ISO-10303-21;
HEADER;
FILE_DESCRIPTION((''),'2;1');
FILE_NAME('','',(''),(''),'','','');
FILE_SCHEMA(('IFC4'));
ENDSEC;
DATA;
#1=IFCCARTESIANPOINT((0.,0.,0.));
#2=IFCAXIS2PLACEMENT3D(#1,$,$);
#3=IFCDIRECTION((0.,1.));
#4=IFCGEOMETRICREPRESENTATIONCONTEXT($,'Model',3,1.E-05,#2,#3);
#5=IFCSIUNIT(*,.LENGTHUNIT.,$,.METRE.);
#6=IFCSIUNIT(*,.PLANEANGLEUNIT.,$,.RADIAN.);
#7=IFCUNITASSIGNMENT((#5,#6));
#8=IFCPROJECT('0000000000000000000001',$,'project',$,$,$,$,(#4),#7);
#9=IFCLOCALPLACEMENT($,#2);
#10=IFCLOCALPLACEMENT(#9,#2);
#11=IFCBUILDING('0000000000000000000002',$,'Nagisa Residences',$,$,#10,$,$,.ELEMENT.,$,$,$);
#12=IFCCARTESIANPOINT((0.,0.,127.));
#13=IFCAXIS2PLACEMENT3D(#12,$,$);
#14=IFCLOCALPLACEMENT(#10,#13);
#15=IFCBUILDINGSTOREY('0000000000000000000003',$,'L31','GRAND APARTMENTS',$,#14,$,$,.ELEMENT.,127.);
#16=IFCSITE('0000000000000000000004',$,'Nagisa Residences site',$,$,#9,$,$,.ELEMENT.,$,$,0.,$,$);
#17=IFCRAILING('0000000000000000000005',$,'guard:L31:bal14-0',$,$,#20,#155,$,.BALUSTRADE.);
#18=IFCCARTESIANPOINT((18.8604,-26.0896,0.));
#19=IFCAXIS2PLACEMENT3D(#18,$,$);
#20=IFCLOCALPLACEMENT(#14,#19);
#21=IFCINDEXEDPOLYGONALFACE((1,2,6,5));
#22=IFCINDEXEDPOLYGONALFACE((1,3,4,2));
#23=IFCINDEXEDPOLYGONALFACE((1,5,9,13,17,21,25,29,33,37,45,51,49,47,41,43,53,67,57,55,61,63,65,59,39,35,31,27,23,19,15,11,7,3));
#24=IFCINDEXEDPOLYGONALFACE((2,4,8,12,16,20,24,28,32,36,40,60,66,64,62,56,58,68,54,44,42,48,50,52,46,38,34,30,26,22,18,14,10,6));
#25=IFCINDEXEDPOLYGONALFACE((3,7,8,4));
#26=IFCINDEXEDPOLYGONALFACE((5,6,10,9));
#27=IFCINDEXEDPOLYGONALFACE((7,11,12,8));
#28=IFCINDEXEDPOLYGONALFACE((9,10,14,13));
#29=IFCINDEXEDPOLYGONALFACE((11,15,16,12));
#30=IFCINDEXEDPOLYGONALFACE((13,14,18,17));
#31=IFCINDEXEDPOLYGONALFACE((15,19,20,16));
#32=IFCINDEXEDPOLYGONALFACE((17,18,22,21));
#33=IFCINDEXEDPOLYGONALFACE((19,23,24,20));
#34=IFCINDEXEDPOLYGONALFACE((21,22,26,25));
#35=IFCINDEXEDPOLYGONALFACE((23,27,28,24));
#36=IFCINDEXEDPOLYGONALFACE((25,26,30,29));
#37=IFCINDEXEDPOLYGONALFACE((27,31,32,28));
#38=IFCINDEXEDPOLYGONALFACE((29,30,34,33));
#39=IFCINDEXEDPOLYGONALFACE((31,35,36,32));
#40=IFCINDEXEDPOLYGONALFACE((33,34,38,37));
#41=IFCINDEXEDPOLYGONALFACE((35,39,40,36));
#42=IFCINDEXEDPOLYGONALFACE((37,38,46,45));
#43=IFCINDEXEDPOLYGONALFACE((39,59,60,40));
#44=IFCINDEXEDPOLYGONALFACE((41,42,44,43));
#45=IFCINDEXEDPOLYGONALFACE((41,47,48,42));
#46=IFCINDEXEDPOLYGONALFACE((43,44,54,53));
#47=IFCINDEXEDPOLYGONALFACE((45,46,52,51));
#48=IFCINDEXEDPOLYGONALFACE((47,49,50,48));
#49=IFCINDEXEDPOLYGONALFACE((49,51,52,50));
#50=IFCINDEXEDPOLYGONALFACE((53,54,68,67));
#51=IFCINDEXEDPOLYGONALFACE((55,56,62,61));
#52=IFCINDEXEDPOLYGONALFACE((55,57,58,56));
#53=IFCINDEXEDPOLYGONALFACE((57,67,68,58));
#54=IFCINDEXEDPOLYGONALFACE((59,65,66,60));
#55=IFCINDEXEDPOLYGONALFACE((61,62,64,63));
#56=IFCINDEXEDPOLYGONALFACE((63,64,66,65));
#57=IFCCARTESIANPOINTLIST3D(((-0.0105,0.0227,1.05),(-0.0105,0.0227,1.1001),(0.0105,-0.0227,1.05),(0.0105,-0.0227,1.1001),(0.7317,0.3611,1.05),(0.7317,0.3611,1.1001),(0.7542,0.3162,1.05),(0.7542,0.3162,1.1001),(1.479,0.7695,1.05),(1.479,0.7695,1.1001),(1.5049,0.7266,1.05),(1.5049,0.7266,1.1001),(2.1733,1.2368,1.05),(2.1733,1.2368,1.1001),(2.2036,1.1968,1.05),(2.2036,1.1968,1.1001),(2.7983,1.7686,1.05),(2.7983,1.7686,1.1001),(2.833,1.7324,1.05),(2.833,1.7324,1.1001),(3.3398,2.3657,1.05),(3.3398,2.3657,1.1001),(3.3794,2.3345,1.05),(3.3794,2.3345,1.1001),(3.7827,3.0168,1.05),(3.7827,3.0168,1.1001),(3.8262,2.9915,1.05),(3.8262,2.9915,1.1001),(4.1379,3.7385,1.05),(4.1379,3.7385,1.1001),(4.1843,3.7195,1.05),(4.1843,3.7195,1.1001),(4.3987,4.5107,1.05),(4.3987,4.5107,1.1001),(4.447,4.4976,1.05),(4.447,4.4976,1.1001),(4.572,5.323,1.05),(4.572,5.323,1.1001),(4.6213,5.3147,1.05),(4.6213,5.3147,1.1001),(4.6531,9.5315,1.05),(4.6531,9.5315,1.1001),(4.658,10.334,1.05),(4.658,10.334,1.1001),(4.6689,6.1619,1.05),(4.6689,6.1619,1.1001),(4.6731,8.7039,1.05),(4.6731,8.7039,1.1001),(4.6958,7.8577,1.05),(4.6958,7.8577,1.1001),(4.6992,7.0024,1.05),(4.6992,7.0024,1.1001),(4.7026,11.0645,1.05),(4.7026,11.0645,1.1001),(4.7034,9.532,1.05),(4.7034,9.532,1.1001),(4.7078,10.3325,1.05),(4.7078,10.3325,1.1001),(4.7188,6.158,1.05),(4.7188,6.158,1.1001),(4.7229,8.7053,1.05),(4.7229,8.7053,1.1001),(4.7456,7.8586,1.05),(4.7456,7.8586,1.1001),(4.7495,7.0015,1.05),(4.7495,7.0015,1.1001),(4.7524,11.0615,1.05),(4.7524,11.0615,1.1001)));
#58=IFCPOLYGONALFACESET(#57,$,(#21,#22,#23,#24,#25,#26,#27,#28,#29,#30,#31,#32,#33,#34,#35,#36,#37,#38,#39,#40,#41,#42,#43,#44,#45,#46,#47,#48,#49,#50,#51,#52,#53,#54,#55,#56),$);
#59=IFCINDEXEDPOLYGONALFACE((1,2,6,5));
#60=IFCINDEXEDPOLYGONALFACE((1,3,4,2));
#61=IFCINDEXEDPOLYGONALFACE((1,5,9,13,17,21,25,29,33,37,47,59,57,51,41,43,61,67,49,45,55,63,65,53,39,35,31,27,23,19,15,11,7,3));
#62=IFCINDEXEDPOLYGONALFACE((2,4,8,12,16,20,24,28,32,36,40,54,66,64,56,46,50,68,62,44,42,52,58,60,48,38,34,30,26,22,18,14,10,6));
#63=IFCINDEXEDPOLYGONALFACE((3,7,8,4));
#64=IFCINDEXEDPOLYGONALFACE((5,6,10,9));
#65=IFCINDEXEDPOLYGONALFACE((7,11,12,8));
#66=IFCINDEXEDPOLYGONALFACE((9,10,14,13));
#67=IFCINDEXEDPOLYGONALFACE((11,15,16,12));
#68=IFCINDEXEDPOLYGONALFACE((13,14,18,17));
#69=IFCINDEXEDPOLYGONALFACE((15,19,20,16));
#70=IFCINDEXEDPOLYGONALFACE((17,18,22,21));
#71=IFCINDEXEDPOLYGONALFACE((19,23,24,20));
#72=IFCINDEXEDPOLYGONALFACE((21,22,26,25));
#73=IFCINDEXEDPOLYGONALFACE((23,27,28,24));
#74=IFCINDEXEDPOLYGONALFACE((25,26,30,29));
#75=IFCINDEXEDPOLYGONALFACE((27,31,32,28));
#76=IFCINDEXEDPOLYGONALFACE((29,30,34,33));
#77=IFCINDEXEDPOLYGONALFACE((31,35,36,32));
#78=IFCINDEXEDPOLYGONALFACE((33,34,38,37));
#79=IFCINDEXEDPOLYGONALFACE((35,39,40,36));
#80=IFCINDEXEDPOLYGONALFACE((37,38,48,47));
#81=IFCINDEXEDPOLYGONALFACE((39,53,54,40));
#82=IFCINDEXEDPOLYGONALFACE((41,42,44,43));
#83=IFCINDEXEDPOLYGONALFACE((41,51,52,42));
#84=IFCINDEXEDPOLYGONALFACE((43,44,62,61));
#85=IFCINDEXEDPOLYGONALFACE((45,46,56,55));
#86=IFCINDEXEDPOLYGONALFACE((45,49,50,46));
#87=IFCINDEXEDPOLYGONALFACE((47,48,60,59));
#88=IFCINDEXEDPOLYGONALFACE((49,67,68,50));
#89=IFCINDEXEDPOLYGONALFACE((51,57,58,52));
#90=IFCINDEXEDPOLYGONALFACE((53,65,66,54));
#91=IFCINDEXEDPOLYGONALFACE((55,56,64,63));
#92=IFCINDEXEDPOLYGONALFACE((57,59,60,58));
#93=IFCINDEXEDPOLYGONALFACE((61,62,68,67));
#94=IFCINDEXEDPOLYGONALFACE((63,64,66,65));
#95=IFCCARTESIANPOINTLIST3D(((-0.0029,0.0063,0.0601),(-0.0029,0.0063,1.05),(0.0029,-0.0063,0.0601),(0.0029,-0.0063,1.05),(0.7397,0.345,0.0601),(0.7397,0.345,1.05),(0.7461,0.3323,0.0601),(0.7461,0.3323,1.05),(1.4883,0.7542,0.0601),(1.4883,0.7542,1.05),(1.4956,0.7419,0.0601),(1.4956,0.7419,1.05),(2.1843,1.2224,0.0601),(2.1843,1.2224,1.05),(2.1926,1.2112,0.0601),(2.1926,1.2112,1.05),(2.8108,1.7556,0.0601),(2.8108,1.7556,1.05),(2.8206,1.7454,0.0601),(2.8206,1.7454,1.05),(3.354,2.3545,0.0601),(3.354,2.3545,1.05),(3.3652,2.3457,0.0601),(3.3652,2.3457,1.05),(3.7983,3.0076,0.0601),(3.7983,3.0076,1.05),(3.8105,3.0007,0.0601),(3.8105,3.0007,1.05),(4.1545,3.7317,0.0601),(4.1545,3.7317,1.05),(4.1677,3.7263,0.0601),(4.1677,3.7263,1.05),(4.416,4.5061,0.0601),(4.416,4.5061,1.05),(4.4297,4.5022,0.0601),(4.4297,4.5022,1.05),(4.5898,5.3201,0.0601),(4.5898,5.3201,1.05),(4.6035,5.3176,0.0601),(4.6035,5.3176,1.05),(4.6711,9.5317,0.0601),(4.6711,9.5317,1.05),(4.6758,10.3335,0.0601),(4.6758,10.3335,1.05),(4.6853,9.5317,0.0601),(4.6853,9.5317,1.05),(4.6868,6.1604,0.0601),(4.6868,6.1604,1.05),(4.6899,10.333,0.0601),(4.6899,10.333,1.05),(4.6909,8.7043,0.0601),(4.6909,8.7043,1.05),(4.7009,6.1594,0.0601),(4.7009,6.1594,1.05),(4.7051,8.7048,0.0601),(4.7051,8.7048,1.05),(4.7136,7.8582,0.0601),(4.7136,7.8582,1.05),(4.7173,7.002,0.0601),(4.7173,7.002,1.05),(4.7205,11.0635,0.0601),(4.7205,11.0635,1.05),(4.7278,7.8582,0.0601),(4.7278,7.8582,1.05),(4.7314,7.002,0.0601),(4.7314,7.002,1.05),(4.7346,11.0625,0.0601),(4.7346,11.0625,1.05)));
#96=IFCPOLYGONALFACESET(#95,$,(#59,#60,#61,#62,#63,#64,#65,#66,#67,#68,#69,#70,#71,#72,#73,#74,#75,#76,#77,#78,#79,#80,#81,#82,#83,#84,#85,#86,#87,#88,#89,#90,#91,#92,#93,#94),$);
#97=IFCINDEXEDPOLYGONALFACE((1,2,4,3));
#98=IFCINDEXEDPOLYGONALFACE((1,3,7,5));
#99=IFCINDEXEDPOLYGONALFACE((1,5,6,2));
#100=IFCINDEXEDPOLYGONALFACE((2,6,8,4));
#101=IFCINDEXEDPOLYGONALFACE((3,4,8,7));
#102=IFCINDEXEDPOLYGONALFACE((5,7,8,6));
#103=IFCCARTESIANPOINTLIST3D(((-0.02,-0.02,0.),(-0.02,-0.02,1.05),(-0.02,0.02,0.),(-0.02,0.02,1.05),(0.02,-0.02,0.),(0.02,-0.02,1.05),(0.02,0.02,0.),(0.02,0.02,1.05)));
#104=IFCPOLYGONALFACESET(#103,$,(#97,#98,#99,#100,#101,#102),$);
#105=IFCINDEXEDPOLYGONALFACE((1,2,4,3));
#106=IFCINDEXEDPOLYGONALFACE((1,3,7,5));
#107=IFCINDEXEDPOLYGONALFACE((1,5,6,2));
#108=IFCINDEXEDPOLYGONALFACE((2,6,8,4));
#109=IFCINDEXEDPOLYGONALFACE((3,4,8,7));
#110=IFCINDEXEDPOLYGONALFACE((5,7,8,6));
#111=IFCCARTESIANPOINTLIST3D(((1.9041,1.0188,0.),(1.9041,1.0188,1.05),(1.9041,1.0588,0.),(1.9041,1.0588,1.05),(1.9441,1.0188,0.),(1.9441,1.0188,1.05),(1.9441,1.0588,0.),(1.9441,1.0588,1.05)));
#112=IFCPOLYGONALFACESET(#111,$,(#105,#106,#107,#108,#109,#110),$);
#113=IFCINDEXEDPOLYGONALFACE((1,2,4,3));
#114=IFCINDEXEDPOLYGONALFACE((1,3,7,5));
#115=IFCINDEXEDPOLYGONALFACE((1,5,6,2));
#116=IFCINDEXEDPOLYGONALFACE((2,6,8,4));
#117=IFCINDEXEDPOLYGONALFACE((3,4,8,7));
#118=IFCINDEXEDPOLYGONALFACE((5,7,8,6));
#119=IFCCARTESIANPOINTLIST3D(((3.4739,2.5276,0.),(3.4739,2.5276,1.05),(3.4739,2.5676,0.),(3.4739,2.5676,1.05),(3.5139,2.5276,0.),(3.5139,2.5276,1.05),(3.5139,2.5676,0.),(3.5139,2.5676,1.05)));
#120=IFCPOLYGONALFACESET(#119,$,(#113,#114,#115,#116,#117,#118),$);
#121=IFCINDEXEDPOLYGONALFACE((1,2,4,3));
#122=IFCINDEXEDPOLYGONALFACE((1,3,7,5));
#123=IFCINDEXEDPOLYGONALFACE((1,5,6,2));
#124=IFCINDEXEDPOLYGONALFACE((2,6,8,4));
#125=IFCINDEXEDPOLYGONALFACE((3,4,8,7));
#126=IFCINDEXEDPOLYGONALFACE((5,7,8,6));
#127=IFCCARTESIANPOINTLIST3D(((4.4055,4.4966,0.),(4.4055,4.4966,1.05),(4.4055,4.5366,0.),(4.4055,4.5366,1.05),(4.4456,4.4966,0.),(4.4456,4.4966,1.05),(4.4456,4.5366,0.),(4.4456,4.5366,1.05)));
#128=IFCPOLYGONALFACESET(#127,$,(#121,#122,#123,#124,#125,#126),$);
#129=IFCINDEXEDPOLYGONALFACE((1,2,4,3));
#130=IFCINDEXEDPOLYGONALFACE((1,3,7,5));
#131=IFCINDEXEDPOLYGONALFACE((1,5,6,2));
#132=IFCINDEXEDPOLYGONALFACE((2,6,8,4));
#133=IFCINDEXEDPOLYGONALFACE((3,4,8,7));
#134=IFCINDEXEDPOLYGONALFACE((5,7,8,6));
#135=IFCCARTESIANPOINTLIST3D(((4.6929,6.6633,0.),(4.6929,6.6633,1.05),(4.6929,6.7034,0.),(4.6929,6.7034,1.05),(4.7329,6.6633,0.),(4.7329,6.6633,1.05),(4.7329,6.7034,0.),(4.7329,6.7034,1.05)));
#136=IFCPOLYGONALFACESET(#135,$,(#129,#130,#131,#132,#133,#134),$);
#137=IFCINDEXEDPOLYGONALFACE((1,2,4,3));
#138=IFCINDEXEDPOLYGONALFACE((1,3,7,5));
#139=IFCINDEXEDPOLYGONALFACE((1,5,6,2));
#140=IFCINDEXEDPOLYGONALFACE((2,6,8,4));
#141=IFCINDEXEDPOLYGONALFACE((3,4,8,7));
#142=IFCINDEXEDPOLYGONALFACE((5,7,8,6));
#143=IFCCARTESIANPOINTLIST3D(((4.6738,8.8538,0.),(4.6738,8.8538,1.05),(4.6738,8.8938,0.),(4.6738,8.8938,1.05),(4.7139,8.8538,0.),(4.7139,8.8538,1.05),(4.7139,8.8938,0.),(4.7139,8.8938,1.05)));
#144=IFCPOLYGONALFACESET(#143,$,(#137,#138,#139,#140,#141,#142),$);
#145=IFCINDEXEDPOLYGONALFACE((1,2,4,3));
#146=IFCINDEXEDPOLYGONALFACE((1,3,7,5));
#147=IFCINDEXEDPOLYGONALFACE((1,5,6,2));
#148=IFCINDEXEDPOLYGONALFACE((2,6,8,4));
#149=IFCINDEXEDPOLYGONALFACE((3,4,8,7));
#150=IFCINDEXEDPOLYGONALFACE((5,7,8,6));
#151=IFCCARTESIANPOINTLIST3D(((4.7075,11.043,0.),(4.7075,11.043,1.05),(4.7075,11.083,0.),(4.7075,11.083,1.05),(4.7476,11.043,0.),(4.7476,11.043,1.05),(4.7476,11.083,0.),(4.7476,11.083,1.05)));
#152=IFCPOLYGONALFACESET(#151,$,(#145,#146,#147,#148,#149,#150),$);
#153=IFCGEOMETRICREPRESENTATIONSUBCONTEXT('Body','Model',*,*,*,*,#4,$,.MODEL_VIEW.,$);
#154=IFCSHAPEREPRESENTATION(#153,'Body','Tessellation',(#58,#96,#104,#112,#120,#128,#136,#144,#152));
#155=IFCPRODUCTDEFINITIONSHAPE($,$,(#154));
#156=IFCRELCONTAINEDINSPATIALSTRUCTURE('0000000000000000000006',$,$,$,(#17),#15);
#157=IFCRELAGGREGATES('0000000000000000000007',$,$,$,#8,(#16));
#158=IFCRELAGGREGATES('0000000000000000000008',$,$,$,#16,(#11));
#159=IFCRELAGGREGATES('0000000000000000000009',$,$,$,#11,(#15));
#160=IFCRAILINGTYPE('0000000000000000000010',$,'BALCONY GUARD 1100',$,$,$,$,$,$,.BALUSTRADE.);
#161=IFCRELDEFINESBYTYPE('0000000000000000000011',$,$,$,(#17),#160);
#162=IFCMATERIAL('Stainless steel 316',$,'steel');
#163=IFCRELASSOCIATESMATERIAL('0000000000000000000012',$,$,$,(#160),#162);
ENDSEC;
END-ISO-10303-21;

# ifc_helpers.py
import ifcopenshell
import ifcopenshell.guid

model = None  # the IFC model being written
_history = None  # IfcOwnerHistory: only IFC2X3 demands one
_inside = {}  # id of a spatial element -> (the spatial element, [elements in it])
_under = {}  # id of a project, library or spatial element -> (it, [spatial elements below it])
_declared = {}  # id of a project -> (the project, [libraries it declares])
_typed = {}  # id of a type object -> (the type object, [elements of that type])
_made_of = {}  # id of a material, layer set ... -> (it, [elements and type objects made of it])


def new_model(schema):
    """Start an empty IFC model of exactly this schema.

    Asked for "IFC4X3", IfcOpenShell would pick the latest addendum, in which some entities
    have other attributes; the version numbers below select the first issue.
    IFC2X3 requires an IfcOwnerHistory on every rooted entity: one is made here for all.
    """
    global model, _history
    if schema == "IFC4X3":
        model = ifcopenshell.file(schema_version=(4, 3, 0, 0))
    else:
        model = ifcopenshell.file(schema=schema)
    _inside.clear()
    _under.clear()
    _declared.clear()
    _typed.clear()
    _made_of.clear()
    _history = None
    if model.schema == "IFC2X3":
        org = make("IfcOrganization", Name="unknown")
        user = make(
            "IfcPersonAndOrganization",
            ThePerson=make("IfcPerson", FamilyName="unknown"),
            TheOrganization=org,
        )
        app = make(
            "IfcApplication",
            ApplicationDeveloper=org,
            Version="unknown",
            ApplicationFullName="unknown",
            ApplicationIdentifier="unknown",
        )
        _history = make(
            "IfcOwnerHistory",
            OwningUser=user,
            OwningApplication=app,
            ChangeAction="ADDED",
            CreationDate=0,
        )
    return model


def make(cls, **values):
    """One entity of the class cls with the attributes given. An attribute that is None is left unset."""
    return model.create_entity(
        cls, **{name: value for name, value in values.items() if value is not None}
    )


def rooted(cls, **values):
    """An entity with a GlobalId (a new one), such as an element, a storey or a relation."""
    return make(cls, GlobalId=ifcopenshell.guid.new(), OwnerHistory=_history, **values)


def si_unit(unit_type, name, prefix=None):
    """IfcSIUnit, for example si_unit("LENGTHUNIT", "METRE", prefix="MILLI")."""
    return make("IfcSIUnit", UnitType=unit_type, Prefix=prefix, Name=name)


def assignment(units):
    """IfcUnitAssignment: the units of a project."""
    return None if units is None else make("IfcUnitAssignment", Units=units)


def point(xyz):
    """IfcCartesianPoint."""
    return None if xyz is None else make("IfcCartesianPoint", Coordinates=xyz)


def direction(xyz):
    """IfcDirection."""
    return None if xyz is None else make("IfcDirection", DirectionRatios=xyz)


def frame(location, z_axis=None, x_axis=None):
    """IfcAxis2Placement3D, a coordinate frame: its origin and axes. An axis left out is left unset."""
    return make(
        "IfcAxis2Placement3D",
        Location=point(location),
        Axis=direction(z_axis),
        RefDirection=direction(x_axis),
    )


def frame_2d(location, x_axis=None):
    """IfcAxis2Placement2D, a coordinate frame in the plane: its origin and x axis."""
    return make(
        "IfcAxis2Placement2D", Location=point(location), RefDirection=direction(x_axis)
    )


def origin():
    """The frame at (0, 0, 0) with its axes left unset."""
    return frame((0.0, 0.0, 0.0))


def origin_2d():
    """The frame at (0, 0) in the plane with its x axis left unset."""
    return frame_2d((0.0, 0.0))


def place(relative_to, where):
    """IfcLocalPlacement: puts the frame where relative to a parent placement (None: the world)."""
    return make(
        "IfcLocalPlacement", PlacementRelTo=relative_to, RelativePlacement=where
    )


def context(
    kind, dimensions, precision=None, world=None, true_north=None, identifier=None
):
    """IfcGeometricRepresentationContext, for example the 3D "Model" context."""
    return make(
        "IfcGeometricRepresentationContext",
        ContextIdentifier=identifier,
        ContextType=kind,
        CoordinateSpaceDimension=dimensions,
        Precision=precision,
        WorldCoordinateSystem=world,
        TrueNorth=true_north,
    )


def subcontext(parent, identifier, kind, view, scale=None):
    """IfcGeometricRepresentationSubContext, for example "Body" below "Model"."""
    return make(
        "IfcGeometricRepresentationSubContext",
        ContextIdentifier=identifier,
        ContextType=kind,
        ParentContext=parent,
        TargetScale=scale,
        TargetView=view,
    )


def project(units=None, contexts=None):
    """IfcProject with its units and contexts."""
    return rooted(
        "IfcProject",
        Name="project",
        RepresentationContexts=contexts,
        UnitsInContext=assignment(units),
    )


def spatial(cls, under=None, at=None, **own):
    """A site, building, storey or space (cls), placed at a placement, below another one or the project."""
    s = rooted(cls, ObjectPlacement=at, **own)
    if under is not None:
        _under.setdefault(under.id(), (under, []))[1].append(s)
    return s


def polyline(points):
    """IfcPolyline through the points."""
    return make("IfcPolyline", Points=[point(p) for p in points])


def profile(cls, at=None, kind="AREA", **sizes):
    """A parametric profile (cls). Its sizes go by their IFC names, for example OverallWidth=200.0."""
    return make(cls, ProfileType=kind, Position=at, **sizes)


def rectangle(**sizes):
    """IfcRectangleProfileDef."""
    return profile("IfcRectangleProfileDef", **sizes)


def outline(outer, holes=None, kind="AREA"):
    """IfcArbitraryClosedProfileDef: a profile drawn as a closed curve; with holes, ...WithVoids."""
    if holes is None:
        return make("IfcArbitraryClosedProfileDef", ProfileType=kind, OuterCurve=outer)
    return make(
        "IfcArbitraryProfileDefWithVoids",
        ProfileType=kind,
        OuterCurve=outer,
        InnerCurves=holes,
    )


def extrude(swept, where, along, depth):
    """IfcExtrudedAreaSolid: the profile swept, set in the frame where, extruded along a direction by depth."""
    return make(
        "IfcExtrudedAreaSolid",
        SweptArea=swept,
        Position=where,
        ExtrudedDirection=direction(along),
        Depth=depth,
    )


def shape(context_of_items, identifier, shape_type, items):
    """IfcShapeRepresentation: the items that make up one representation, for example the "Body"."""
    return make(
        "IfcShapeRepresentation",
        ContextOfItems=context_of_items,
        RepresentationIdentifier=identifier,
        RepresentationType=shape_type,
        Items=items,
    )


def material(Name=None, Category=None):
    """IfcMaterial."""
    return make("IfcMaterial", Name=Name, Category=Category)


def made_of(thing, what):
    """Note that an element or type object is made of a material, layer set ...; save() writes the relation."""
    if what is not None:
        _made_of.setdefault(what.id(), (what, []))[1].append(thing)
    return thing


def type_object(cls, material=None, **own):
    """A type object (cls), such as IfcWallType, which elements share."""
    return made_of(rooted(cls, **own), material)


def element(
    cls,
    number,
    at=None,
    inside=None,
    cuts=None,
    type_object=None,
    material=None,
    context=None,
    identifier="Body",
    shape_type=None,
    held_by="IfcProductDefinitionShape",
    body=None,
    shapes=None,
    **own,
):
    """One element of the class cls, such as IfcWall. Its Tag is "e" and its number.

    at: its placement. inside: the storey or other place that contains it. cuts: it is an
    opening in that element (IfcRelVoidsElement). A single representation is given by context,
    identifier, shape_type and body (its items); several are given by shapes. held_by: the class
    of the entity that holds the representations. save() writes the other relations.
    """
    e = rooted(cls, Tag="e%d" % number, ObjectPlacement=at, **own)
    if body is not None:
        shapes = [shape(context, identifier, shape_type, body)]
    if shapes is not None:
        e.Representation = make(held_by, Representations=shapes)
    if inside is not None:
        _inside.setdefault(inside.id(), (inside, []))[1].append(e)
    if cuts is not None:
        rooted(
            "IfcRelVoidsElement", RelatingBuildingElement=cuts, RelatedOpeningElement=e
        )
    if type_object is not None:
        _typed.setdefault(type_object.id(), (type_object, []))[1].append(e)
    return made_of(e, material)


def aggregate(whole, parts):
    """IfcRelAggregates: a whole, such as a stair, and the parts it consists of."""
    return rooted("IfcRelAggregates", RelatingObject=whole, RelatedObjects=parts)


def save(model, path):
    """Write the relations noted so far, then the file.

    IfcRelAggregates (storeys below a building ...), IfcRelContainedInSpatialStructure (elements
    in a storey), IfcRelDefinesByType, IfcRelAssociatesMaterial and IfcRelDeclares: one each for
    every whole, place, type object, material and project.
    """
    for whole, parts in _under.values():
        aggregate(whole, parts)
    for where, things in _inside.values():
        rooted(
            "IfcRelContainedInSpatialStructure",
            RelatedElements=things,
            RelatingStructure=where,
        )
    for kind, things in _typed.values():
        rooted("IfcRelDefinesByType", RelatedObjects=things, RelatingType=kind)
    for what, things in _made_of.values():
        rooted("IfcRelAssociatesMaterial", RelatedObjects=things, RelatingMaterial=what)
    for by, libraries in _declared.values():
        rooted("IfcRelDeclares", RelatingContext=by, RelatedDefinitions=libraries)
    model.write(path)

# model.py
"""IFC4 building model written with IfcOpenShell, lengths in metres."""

from ifc_helpers import new_model, si_unit, direction, frame, origin, origin_2d, place, context, subcontext, project, spatial, polyline, rectangle, outline, extrude, material, type_object, element, save


model = new_model("IFC4")

# Units and contexts
model_context = context("Model", 3, precision=1e-05, world=origin(), true_north=direction((0.0, 1.0)))
body_context = subcontext(model_context, "Body", "Model", "MODEL_VIEW")
ifc_project = project(units=[si_unit("LENGTHUNIT", "METRE"), si_unit("PLANEANGLEUNIT", "RADIAN")], contexts=[model_context])

# Site, building, storey
site_placement = place(None, origin())
site = spatial("IfcSite", under=ifc_project, at=site_placement, Name="Nagisa Residences site", CompositionType="ELEMENT", RefElevation=0.0)
building_placement = place(site_placement, origin())
building = spatial("IfcBuilding", under=site, at=building_placement, Name="Nagisa Residences", CompositionType="ELEMENT")
storey_placement = place(building_placement, frame((0.0, 0.0, 127.0)))
storey = spatial("IfcBuildingStorey", under=building, at=storey_placement, Name="L31", Description="GRAND APARTMENTS", CompositionType="ELEMENT", Elevation=127.0)

# Railing
ifc_material_1 = material(Name="Stainless steel 316", Category="steel")
railing_type = type_object("IfcRailingType", Name="BALCONY GUARD 1100", PredefinedType="BALUSTRADE", material=ifc_material_1)
railing_1_placement = place(storey_placement, frame((18.8604, -26.0896, 0.0)))
element("IfcRailing", 1, at=railing_1_placement, inside=storey, type_object=railing_type, Name="guard:L31:bal14-0", PredefinedType="BALUSTRADE", context=body_context, shape_type="SweptSolid", body=[
    extrude(outline(polyline([(0.7317, 0.3611), (-0.0105, 0.0227), (0.0105, -0.0227), (0.7542, 0.3162), (1.5049, 0.7266), (2.2036, 1.1968), (2.833, 1.7324), (3.3794, 2.3345), (3.8262, 2.9915), (4.1843, 3.7195), (4.447, 4.4976), (4.6213, 5.3147), (4.7188, 6.158), (4.7495, 7.0015), (4.7456, 7.8586), (4.7229, 8.7053), (4.7034, 9.532), (4.7078, 10.3325), (4.7524, 11.0615), (4.7026, 11.0645), (4.658, 10.334), (4.6531, 9.5315), (4.6731, 8.7039), (4.6958, 7.8577), (4.6992, 7.0024), (4.6689, 6.1619), (4.572, 5.323), (4.3987, 4.5107), (4.1379, 3.7385), (3.7827, 3.0168), (3.3398, 2.3657), (2.7983, 1.7686), (2.1733, 1.2368), (1.479, 0.7695), (0.7317, 0.3611)])), frame((0.0, 0.0, 1.05)), (0.0, 0.0, 1.0), 0.05),
    extrude(outline(polyline([(0.7397, 0.345), (-0.0029, 0.0063), (0.0029, -0.0063), (0.7461, 0.3323), (1.4956, 0.7419), (2.1926, 1.2112), (2.8206, 1.7454), (3.3652, 2.3457), (3.8105, 3.0007), (4.1677, 3.7263), (4.4297, 4.5022), (4.6035, 5.3176), (4.7009, 6.1594), (4.7314, 7.002), (4.7278, 7.8582), (4.7051, 8.7048), (4.6853, 9.5317), (4.6899, 10.333), (4.7346, 11.0625), (4.7205, 11.0635), (4.6758, 10.3335), (4.6711, 9.5317), (4.6909, 8.7043), (4.7136, 7.8582), (4.7173, 7.002), (4.6868, 6.1604), (4.5898, 5.3201), (4.416, 4.5061), (4.1545, 3.7317), (3.7983, 3.0076), (3.354, 2.3545), (2.8108, 1.7556), (2.1843, 1.2224), (1.4883, 0.7542), (0.7397, 0.345)])), frame((0.0, 0.0, 0.0601)), (0.0, 0.0, 1.0), 0.99),
    extrude(rectangle(XDim=0.04, YDim=0.04, at=origin_2d()), origin(), (0.0, 0.0, 1.0), 1.05),
    extrude(rectangle(XDim=0.04, YDim=0.04, at=origin_2d()), frame((1.9241, 1.0388, 0.0)), (0.0, 0.0, 1.0), 1.05),
    extrude(rectangle(XDim=0.04, YDim=0.04, at=origin_2d()), frame((3.4939, 2.5476, 0.0)), (0.0, 0.0, 1.0), 1.05),
    extrude(rectangle(XDim=0.04, YDim=0.04, at=origin_2d()), frame((4.4255, 4.5166, 0.0)), (0.0, 0.0, 1.0), 1.05),
    extrude(rectangle(XDim=0.04, YDim=0.04, at=origin_2d()), frame((4.7129, 6.6833, 0.0)), (0.0, 0.0, 1.0), 1.05),
    extrude(rectangle(XDim=0.04, YDim=0.04, at=origin_2d()), frame((4.6938, 8.8738, 0.0)), (0.0, 0.0, 1.0), 1.05),
    extrude(rectangle(XDim=0.04, YDim=0.04, at=origin_2d()), frame((4.7275, 11.063, 0.0)), (0.0, 0.0, 1.0), 1.05),
])

save(model, "model.ifc")
